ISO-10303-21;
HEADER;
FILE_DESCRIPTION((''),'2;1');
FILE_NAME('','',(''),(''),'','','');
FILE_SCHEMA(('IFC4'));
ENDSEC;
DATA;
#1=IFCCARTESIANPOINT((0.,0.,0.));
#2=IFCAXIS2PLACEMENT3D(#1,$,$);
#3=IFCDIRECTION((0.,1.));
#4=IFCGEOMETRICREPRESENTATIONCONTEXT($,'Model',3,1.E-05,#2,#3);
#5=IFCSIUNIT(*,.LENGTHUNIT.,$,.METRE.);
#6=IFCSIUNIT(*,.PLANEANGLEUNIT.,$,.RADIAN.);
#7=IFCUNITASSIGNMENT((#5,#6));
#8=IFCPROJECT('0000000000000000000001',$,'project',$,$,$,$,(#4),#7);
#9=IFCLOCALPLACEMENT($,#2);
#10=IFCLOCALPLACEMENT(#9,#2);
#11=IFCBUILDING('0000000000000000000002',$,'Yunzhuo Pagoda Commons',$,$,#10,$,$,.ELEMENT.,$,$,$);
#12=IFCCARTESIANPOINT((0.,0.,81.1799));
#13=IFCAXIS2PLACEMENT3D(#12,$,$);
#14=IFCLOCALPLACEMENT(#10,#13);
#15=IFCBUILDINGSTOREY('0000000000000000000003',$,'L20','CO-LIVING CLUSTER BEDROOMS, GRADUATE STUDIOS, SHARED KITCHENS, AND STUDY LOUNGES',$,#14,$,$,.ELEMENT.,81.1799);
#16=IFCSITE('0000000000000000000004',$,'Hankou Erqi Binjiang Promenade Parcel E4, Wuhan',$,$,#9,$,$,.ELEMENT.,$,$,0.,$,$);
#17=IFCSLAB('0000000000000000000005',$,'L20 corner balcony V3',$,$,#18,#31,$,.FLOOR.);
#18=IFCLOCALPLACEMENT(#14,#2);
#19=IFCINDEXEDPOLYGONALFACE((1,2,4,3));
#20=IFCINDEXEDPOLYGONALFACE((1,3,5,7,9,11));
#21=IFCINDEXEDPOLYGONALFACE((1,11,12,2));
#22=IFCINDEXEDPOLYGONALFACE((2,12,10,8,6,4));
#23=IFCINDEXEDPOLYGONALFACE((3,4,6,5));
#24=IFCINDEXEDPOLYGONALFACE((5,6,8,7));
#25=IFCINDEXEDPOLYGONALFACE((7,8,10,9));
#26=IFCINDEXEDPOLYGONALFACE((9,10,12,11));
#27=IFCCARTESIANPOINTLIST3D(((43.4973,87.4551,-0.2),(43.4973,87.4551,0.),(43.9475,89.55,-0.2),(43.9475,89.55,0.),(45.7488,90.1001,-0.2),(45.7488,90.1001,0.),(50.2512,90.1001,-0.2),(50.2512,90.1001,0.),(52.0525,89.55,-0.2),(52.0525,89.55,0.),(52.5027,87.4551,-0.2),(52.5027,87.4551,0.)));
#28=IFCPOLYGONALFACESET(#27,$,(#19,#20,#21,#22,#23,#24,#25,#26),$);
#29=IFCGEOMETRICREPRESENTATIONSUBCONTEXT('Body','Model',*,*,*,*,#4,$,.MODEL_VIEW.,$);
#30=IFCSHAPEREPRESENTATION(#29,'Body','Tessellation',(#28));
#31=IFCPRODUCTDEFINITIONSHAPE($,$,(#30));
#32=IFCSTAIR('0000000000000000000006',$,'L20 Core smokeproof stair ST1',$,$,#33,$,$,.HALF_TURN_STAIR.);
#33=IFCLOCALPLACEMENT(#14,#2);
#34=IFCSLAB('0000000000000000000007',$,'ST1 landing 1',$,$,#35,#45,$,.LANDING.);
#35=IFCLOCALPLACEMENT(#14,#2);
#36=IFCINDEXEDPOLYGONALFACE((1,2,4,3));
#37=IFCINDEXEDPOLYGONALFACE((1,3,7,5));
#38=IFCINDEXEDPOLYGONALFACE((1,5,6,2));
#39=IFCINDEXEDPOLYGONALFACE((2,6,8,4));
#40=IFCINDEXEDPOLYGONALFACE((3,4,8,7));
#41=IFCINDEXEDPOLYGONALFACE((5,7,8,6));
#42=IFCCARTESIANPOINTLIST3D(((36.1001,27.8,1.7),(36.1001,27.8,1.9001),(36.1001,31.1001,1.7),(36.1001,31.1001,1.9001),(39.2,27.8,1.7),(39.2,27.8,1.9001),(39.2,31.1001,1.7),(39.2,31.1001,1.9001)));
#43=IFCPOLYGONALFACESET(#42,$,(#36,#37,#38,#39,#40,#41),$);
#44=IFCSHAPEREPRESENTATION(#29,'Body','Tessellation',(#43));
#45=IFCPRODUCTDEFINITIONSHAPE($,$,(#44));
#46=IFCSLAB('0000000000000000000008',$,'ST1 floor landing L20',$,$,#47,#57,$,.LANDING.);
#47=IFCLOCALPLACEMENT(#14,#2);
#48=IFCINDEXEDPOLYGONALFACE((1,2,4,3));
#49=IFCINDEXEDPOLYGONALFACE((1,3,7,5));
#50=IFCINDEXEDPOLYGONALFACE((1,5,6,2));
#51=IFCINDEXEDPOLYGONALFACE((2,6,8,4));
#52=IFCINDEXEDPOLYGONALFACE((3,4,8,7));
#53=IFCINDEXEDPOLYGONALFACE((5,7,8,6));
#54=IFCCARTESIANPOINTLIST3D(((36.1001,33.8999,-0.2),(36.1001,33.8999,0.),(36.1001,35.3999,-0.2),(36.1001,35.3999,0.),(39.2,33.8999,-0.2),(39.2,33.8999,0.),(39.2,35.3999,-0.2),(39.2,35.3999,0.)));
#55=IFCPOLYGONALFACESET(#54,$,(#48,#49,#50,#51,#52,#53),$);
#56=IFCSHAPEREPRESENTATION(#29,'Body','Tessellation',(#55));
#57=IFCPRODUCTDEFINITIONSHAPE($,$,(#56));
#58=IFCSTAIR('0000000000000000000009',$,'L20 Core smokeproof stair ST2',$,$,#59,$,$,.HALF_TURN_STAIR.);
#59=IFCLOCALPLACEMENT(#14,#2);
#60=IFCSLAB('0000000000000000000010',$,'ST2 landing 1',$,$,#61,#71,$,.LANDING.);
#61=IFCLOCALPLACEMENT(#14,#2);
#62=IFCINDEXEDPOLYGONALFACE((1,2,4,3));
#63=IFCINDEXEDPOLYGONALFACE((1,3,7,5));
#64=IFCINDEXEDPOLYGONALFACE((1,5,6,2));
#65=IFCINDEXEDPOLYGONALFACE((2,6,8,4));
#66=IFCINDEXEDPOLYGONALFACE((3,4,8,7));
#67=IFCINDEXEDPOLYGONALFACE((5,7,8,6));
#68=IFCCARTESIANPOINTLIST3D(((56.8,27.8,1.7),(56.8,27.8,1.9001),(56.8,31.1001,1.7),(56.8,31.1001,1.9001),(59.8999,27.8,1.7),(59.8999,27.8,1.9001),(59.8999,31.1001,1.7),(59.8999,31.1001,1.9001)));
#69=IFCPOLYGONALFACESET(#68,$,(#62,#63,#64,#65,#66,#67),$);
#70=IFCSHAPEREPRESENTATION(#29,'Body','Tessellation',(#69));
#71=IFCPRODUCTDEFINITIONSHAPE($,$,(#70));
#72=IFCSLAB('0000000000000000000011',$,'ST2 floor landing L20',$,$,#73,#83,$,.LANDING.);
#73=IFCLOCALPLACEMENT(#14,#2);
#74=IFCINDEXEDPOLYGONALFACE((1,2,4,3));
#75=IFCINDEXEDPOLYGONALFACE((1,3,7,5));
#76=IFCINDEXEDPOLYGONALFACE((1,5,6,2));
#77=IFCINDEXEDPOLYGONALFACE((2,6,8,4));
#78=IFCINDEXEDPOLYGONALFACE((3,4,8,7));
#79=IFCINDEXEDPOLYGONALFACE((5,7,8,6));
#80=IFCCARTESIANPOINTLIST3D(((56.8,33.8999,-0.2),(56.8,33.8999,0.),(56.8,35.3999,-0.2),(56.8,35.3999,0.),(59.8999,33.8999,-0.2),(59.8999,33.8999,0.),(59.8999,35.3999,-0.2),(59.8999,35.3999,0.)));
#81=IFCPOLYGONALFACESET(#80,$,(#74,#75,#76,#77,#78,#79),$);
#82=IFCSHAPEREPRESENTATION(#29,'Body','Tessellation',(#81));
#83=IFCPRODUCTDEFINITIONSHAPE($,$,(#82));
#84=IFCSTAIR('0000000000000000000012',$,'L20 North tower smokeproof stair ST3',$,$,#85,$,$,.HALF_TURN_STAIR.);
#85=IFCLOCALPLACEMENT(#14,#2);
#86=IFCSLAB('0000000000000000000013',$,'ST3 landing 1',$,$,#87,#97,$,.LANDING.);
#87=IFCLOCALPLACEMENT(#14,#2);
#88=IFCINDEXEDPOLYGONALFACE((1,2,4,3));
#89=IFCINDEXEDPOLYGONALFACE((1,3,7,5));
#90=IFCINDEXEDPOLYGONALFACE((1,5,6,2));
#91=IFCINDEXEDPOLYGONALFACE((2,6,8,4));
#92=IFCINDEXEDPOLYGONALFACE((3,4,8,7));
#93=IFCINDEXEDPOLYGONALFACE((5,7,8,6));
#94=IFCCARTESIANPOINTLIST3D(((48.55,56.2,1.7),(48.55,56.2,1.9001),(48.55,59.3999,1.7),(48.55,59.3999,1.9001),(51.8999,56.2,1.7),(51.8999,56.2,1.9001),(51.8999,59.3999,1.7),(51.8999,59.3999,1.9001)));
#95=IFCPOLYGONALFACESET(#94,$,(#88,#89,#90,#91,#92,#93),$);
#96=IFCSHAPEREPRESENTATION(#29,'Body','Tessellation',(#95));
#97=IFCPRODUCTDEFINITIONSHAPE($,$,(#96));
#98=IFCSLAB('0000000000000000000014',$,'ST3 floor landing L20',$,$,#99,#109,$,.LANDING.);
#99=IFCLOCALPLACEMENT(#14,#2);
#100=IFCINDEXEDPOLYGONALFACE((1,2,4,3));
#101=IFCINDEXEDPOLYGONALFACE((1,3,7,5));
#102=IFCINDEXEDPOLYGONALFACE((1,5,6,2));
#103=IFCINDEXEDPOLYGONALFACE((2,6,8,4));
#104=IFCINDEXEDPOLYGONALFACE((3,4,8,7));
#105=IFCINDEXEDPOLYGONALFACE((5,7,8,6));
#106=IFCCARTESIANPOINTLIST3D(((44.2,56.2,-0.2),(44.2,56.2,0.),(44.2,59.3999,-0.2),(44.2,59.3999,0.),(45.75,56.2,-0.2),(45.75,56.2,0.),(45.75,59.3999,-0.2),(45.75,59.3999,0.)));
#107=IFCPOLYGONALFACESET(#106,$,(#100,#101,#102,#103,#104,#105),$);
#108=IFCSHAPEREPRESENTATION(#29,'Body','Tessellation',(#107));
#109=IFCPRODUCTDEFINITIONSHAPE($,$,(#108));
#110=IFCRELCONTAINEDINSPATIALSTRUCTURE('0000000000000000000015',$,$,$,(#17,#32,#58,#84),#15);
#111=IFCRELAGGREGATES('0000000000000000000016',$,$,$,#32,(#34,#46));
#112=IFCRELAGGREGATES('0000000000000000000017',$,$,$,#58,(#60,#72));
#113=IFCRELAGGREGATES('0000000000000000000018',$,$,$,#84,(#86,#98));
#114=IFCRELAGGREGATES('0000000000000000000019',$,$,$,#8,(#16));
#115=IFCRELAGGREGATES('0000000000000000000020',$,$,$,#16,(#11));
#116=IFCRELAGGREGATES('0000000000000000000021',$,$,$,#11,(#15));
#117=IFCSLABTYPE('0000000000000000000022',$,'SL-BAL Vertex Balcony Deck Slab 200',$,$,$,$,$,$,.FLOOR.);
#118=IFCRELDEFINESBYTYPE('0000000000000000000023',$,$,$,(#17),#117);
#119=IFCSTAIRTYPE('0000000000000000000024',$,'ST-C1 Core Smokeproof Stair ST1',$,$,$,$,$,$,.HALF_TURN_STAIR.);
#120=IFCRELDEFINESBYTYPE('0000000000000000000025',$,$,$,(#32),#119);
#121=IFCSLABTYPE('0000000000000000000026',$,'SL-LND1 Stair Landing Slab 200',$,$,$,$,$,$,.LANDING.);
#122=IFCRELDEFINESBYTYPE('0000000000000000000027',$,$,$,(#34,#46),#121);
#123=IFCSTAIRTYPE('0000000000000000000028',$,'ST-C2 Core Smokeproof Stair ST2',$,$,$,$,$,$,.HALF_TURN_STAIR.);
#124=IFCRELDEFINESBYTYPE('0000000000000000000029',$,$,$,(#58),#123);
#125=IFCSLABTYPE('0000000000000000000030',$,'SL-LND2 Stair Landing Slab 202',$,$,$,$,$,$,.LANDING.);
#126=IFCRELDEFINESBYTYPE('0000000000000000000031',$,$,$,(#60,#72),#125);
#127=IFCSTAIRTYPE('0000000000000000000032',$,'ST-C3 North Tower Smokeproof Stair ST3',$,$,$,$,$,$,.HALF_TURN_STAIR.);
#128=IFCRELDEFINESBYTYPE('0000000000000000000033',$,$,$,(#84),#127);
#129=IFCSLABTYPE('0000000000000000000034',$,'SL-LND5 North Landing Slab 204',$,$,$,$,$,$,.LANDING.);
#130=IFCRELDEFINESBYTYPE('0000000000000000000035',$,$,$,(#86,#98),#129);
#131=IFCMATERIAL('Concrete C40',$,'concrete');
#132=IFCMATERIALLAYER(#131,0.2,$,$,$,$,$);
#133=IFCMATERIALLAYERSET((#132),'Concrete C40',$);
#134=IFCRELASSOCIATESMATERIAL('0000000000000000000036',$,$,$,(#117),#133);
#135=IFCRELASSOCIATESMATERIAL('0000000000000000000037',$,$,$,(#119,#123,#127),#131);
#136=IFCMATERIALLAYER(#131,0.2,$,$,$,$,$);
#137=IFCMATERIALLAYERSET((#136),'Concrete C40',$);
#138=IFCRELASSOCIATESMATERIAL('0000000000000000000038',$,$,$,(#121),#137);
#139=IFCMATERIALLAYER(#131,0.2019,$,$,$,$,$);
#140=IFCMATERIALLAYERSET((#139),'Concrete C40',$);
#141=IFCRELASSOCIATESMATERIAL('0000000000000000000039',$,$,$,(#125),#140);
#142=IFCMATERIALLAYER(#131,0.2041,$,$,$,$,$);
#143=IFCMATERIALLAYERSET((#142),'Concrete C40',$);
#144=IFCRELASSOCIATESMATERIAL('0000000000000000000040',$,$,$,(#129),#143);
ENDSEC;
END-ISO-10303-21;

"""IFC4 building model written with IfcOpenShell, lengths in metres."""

from ifc_helpers import new_model, si_unit, direction, frame, origin, place, context, subcontext, project, spatial, polyline, outline, extrude, material, layer, layer_set, type_object, element, aggregate, save


model = new_model("IFC4")

# Units and contexts
model_context = context("Model", 3, precision=1e-05, world=origin(), true_north=direction((0.0, 1.0)))
body_context = subcontext(model_context, "Body", "Model", "MODEL_VIEW")
ifc_project = project(units=[si_unit("LENGTHUNIT", "METRE"), si_unit("PLANEANGLEUNIT", "RADIAN")], contexts=[model_context])

# Site, building, storey
site_placement = place(None, origin())
site = spatial("IfcSite", under=ifc_project, at=site_placement, Name="Hankou Erqi Binjiang Promenade Parcel E4, Wuhan", CompositionType="ELEMENT", RefElevation=0.0)
building_placement = place(site_placement, origin())
building = spatial("IfcBuilding", under=site, at=building_placement, Name="Yunzhuo Pagoda Commons", CompositionType="ELEMENT")
storey_placement = place(building_placement, frame((0.0, 0.0, 81.1799)))
storey = spatial("IfcBuildingStorey", under=building, at=storey_placement, Name="L20", Description="CO-LIVING CLUSTER BEDROOMS, GRADUATE STUDIOS, SHARED KITCHENS, AND STUDY LOUNGES", CompositionType="ELEMENT", Elevation=81.1799)

# Slab
ifc_material_1 = material(Name="Concrete C40", Category="concrete")
ifc_layer_1 = layer(ifc_material_1, 0.2)
ifc_layer_set_1 = layer_set([ifc_layer_1], Name="Concrete C40")
slab_type_1 = type_object("IfcSlabType", Name="SL-BAL Vertex Balcony Deck Slab 200", PredefinedType="FLOOR", material=ifc_layer_set_1)
slab_1_placement = place(storey_placement, frame((0.0, 0.0, -0.2)))
element("IfcSlab", 1, at=slab_1_placement, inside=storey, type_object=slab_type_1, Name="L20 corner balcony V3", PredefinedType="FLOOR", context=body_context, shape_type="SweptSolid", body=[
    extrude(outline(polyline([(52.5027, 87.4551), (43.4973, 87.4551), (43.9475, 89.55), (45.7488, 90.1001), (50.2512, 90.1001), (52.0525, 89.55), (52.5027, 87.4551)])), origin(), (0.0, 0.0, 1.0), 0.2),
])

# Stairs, slabs
stair_type_1 = type_object("IfcStairType", Name="ST-C1 Core Smokeproof Stair ST1", PredefinedType="HALF_TURN_STAIR", material=ifc_material_1)
stair_1_placement = place(storey_placement, origin())
stair_1 = element("IfcStair", 2, at=stair_1_placement, inside=storey, type_object=stair_type_1, Name="L20 Core smokeproof stair ST1", PredefinedType="HALF_TURN_STAIR")
ifc_layer_2 = layer(ifc_material_1, 0.2)
ifc_layer_set_2 = layer_set([ifc_layer_2], Name="Concrete C40")
slab_type_2 = type_object("IfcSlabType", Name="SL-LND1 Stair Landing Slab 200", PredefinedType="LANDING", material=ifc_layer_set_2)
slab_2_placement = place(storey_placement, frame((0.0, 0.0, 1.7)))
slab_2 = element("IfcSlab", 3, at=slab_2_placement, type_object=slab_type_2, Name="ST1 landing 1", PredefinedType="LANDING", context=body_context, shape_type="SweptSolid", body=[
    extrude(outline(polyline([(36.1001, 31.1001), (36.1001, 27.8), (39.2, 27.8), (39.2, 31.1001), (36.1001, 31.1001)])), origin(), (0.0, 0.0, 1.0), 0.2002),
])
slab_3_placement = place(storey_placement, frame((0.0, 0.0, -0.2)))
slab_3 = element("IfcSlab", 4, at=slab_3_placement, type_object=slab_type_2, Name="ST1 floor landing L20", PredefinedType="LANDING", context=body_context, shape_type="SweptSolid", body=[
    extrude(outline(polyline([(36.1001, 35.3999), (36.1001, 33.8999), (39.2, 33.8999), (39.2, 35.3999), (36.1001, 35.3999)])), origin(), (0.0, 0.0, 1.0), 0.2),
])
aggregate(stair_1, [slab_2, slab_3])
stair_type_2 = type_object("IfcStairType", Name="ST-C2 Core Smokeproof Stair ST2", PredefinedType="HALF_TURN_STAIR", material=ifc_material_1)
stair_2_placement = place(storey_placement, origin())
stair_2 = element("IfcStair", 5, at=stair_2_placement, inside=storey, type_object=stair_type_2, Name="L20 Core smokeproof stair ST2", PredefinedType="HALF_TURN_STAIR")
ifc_layer_3 = layer(ifc_material_1, 0.2019)
ifc_layer_set_3 = layer_set([ifc_layer_3], Name="Concrete C40")
slab_type_3 = type_object("IfcSlabType", Name="SL-LND2 Stair Landing Slab 202", PredefinedType="LANDING", material=ifc_layer_set_3)
slab_4_placement = place(storey_placement, frame((0.0, 0.0, 1.7)))
slab_4 = element("IfcSlab", 6, at=slab_4_placement, type_object=slab_type_3, Name="ST2 landing 1", PredefinedType="LANDING", context=body_context, shape_type="SweptSolid", body=[
    extrude(outline(polyline([(56.8, 31.1001), (56.8, 27.8), (59.8999, 27.8), (59.8999, 31.1001), (56.8, 31.1001)])), origin(), (0.0, 0.0, 1.0), 0.2002),
])
slab_5_placement = place(storey_placement, frame((0.0, 0.0, -0.2)))
slab_5 = element("IfcSlab", 7, at=slab_5_placement, type_object=slab_type_3, Name="ST2 floor landing L20", PredefinedType="LANDING", context=body_context, shape_type="SweptSolid", body=[
    extrude(outline(polyline([(56.8, 35.3999), (56.8, 33.8999), (59.8999, 33.8999), (59.8999, 35.3999), (56.8, 35.3999)])), origin(), (0.0, 0.0, 1.0), 0.2),
])
aggregate(stair_2, [slab_4, slab_5])
stair_type_3 = type_object("IfcStairType", Name="ST-C3 North Tower Smokeproof Stair ST3", PredefinedType="HALF_TURN_STAIR", material=ifc_material_1)
stair_3_placement = place(storey_placement, origin())
stair_3 = element("IfcStair", 8, at=stair_3_placement, inside=storey, type_object=stair_type_3, Name="L20 North tower smokeproof stair ST3", PredefinedType="HALF_TURN_STAIR")
ifc_layer_4 = layer(ifc_material_1, 0.2041)
ifc_layer_set_4 = layer_set([ifc_layer_4], Name="Concrete C40")
slab_type_4 = type_object("IfcSlabType", Name="SL-LND5 North Landing Slab 204", PredefinedType="LANDING", material=ifc_layer_set_4)
slab_6_placement = place(storey_placement, frame((0.0, 0.0, 1.7)))
slab_6 = element("IfcSlab", 9, at=slab_6_placement, type_object=slab_type_4, Name="ST3 landing 1", PredefinedType="LANDING", context=body_context, shape_type="SweptSolid", body=[
    extrude(outline(polyline([(48.55, 56.2), (51.8999, 56.2), (51.8999, 59.3999), (48.55, 59.3999), (48.55, 56.2)])), origin(), (0.0, 0.0, 1.0), 0.2002),
])
slab_7_placement = place(storey_placement, frame((0.0, 0.0, -0.2)))
slab_7 = element("IfcSlab", 10, at=slab_7_placement, type_object=slab_type_4, Name="ST3 floor landing L20", PredefinedType="LANDING", context=body_context, shape_type="SweptSolid", body=[
    extrude(outline(polyline([(44.2, 56.2), (45.75, 56.2), (45.75, 59.3999), (44.2, 59.3999), (44.2, 56.2)])), origin(), (0.0, 0.0, 1.0), 0.2),
])
aggregate(stair_3, [slab_6, slab_7])

save(model, "model.ifc")
